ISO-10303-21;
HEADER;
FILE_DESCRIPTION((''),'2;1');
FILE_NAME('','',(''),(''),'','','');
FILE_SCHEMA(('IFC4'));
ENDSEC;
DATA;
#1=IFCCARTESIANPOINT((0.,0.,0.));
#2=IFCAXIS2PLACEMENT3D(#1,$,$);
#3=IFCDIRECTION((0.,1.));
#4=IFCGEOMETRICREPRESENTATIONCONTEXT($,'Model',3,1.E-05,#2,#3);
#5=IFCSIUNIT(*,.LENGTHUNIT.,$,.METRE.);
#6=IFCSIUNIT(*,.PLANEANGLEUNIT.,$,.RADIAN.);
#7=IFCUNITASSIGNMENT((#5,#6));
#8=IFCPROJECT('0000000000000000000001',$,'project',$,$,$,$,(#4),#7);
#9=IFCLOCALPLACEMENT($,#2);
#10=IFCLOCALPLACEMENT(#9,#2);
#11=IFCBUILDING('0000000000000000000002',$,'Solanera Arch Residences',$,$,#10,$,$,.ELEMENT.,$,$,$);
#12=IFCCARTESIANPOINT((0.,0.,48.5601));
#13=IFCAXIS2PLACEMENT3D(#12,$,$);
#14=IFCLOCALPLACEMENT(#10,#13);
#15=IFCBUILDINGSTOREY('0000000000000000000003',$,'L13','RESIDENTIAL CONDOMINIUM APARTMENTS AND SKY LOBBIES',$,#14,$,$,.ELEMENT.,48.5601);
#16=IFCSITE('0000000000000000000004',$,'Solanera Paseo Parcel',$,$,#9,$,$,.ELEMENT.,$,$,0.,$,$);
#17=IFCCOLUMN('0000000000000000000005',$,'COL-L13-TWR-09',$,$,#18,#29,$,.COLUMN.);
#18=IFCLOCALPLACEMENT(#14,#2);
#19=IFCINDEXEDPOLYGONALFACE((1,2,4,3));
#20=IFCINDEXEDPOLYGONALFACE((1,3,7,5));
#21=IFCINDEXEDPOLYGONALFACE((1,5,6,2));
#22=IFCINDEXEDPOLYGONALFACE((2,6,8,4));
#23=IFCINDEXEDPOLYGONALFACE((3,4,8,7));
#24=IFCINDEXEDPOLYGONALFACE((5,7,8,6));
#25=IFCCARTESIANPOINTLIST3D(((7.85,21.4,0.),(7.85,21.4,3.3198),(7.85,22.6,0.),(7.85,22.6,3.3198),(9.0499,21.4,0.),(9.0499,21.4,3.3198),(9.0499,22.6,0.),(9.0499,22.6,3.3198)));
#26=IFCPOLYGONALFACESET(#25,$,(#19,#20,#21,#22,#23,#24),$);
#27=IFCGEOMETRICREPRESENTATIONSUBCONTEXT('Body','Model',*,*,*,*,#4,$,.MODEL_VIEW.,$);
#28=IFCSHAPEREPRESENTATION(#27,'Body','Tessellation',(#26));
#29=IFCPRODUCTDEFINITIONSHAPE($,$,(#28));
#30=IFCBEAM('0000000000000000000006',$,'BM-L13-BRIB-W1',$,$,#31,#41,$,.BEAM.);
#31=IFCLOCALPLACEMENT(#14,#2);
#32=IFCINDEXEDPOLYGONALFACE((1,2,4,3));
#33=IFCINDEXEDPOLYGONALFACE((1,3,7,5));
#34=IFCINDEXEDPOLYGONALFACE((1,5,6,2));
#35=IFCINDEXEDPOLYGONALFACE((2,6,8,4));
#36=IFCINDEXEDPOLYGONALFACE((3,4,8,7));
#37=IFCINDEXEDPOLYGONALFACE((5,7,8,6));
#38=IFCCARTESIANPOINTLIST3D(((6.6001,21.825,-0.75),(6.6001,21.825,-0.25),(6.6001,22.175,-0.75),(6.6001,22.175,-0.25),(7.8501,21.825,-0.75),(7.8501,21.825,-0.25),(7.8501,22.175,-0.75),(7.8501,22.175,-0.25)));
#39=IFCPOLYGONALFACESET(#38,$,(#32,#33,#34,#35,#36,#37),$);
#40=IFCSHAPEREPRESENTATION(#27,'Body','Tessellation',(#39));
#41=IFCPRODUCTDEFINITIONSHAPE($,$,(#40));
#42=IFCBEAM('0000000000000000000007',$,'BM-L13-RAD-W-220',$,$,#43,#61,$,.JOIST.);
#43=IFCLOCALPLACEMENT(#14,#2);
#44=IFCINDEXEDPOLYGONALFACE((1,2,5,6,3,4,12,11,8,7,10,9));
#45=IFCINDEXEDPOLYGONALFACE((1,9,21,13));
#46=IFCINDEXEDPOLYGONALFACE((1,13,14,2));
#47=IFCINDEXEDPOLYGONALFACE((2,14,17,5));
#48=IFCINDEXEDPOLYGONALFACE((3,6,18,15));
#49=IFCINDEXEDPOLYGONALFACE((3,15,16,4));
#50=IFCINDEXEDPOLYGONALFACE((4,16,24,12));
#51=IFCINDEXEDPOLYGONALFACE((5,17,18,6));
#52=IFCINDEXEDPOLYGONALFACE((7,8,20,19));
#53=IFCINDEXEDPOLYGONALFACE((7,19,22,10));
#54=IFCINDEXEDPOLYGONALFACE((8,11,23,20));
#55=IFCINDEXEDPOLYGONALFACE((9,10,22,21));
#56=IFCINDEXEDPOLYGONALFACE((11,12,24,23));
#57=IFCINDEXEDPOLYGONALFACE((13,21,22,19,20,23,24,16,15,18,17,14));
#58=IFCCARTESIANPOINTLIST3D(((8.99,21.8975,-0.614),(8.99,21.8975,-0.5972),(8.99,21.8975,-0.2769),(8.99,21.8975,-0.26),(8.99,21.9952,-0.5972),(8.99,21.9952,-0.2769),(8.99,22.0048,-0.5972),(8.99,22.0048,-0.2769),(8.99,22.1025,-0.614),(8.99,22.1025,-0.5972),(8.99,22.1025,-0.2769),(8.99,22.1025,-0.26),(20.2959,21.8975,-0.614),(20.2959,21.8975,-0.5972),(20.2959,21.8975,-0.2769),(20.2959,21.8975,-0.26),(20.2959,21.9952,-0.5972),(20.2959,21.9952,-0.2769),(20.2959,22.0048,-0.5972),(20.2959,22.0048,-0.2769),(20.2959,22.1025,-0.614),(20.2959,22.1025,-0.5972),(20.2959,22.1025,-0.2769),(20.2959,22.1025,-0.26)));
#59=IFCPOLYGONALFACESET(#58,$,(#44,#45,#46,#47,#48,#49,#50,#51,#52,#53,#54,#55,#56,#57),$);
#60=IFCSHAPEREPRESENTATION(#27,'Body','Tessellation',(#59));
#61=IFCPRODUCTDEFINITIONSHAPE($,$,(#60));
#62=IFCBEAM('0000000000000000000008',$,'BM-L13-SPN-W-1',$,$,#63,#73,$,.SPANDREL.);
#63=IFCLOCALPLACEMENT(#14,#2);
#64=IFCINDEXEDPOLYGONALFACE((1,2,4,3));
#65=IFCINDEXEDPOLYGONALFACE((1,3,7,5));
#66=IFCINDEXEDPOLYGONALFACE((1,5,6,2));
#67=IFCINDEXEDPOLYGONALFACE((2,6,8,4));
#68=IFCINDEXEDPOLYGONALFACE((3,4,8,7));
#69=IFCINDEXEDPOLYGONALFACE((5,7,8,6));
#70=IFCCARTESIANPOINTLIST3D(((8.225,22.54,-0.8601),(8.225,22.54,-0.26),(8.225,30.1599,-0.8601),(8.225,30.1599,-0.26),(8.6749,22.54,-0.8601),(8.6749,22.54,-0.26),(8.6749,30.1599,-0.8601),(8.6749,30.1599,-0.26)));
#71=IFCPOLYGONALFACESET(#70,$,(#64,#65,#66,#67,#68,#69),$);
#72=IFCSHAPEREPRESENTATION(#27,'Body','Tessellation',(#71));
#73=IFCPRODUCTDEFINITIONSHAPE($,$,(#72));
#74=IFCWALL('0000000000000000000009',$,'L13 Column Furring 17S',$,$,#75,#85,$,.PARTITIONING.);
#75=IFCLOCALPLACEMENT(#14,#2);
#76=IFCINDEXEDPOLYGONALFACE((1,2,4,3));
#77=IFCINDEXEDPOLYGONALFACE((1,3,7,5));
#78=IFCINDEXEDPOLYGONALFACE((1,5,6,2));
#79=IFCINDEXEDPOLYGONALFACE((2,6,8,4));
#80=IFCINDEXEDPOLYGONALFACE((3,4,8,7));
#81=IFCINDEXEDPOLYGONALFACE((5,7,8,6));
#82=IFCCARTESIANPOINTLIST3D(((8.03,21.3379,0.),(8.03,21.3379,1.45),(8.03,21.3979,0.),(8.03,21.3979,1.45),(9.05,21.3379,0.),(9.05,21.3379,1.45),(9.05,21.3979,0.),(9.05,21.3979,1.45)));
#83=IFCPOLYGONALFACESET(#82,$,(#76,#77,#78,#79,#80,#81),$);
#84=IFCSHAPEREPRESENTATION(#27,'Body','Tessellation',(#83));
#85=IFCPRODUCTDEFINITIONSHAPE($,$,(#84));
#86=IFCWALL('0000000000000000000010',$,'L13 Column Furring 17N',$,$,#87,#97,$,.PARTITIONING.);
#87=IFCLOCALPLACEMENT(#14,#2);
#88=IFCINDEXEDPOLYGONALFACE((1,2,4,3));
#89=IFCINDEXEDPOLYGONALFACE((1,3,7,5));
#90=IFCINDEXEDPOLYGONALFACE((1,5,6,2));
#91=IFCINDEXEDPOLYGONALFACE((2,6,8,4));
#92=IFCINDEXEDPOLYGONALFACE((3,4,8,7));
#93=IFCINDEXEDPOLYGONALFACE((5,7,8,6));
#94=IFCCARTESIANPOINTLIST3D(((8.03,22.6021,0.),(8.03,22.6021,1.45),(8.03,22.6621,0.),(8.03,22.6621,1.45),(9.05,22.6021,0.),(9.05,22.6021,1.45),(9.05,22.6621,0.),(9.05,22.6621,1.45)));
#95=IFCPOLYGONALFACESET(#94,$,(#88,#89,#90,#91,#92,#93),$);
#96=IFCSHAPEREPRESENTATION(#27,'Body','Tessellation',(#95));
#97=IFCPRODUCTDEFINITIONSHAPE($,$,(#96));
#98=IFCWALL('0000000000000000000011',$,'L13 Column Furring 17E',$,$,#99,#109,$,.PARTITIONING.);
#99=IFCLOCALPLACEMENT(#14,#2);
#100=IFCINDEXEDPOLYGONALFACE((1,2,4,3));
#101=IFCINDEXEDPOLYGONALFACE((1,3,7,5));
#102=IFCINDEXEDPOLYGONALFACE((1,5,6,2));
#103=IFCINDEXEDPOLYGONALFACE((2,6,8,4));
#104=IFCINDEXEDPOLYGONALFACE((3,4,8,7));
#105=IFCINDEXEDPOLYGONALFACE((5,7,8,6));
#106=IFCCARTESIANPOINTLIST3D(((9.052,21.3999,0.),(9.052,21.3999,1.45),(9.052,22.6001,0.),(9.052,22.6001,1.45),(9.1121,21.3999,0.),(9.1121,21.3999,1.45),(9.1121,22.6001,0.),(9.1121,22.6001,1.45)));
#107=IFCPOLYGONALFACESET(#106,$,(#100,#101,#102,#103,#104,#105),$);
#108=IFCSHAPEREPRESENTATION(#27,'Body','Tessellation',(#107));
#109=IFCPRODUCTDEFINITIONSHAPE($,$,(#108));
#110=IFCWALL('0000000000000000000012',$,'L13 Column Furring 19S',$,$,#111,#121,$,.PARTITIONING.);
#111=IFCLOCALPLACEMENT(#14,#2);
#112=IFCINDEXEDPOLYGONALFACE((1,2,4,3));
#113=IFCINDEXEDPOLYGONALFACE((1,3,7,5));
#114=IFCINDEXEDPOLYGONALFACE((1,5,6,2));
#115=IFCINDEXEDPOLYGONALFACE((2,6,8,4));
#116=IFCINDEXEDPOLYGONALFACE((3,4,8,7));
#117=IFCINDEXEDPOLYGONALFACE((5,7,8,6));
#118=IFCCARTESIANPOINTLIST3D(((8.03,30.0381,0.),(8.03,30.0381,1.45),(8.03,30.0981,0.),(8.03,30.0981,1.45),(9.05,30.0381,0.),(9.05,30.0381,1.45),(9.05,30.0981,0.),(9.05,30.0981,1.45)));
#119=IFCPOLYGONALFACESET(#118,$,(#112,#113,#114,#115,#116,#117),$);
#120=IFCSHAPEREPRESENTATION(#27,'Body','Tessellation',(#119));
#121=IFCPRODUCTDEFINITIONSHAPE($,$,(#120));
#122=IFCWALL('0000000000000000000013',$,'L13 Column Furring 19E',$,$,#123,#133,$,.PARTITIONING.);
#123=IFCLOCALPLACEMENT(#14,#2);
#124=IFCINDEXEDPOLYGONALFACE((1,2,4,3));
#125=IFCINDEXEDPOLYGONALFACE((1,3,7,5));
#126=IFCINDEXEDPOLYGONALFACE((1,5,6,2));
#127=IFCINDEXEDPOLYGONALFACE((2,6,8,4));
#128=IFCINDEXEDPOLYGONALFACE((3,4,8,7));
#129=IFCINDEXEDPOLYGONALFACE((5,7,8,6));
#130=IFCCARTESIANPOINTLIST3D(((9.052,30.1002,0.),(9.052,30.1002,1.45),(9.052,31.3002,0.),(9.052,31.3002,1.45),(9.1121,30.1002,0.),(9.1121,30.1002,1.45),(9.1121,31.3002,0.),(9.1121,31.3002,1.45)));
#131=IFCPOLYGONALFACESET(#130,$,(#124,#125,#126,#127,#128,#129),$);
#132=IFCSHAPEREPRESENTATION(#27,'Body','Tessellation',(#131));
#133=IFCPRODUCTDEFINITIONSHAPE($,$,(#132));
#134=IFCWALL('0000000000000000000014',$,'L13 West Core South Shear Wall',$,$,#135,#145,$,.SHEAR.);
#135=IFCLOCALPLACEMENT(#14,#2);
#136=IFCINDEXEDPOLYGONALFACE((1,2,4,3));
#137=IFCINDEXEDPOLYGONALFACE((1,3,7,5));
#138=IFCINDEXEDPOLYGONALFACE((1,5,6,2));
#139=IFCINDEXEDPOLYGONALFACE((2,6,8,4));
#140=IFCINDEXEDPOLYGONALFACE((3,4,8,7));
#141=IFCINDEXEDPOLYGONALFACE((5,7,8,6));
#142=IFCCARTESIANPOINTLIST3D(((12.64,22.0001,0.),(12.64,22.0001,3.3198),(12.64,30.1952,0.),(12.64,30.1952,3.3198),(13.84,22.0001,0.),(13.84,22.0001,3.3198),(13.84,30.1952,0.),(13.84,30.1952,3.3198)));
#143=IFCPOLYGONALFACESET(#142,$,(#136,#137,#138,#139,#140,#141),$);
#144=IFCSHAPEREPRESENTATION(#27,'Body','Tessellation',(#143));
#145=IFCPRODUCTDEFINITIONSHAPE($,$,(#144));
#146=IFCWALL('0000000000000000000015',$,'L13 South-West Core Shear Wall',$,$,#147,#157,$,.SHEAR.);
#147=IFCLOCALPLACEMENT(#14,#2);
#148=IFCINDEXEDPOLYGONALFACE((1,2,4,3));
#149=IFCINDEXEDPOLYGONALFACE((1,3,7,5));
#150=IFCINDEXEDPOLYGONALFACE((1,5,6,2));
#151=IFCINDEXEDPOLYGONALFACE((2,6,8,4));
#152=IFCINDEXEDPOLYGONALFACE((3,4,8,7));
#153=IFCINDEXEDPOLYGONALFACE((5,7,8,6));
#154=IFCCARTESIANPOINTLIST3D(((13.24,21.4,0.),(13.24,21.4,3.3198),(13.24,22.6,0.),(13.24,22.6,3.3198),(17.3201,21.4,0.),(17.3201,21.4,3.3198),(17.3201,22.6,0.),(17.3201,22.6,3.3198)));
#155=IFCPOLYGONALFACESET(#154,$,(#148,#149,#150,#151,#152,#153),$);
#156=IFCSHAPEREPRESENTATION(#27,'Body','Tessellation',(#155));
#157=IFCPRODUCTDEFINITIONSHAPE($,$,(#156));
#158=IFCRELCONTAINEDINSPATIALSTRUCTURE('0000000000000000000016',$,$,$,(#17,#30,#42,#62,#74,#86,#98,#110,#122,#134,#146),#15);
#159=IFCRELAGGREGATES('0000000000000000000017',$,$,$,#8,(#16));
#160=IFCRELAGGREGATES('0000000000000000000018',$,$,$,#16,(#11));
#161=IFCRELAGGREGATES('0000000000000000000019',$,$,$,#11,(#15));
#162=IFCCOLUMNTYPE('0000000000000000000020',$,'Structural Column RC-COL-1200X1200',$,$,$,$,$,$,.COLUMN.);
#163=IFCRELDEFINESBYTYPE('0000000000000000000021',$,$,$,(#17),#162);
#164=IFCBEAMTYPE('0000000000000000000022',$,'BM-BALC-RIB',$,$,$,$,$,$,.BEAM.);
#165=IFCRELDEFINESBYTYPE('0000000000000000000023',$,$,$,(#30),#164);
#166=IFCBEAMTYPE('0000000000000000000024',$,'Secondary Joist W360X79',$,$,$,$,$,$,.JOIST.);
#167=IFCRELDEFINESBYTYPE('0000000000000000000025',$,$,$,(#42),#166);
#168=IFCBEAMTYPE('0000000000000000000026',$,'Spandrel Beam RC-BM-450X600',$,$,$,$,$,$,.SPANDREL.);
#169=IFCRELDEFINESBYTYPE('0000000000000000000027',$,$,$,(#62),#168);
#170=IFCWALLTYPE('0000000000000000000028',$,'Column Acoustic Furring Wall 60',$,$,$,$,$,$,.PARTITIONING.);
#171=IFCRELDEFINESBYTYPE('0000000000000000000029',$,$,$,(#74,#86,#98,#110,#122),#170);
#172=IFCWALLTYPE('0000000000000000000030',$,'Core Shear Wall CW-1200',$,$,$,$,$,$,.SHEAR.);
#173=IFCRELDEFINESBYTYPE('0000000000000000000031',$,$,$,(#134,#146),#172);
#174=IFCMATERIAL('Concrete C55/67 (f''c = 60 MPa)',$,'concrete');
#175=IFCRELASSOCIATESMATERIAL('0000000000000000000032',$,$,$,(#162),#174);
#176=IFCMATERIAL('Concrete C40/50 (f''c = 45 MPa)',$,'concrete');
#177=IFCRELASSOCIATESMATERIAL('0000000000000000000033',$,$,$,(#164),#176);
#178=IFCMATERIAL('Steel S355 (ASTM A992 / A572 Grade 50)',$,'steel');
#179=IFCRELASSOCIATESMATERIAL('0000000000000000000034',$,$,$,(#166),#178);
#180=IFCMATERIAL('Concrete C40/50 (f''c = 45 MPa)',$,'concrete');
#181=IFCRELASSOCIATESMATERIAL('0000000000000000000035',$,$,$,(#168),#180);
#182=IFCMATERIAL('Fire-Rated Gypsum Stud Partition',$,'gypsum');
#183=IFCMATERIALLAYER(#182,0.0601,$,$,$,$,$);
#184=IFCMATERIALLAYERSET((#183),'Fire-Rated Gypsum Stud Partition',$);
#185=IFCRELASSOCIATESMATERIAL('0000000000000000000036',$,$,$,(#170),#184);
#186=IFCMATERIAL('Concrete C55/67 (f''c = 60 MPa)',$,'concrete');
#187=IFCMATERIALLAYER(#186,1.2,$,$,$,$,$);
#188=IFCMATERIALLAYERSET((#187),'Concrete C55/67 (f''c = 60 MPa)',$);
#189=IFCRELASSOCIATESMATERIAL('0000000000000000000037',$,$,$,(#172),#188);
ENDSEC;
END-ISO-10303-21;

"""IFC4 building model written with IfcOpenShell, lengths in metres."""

from ifc_helpers import new_model, si_unit, direction, frame, frame_2d, origin, origin_2d, place, context, subcontext, project, spatial, rectangle, i_section, extrude, material, layer, layer_set, material_profile, profile_set, type_object, element, save


model = new_model("IFC4")

# Units and contexts
model_context = context("Model", 3, precision=1e-05, world=origin(), true_north=direction((0.0, 1.0)))
body_context = subcontext(model_context, "Body", "Model", "MODEL_VIEW")
ifc_project = project(units=[si_unit("LENGTHUNIT", "METRE"), si_unit("PLANEANGLEUNIT", "RADIAN")], contexts=[model_context])

# Site, building, storey
site_placement = place(None, origin())
site = spatial("IfcSite", under=ifc_project, at=site_placement, Name="Solanera Paseo Parcel", CompositionType="ELEMENT", RefElevation=0.0)
building_placement = place(site_placement, origin())
building = spatial("IfcBuilding", under=site, at=building_placement, Name="Solanera Arch Residences", CompositionType="ELEMENT")
storey_placement = place(building_placement, frame((0.0, 0.0, 48.5601)))
storey = spatial("IfcBuildingStorey", under=building, at=storey_placement, Name="L13", Description="RESIDENTIAL CONDOMINIUM APARTMENTS AND SKY LOBBIES", CompositionType="ELEMENT", Elevation=48.5601)

# Column
ifc_material_1 = material(Name="Concrete C55/67 (f'c = 60 MPa)", Category="concrete")
ifc_material_profile_1 = material_profile(ifc_material_1, rectangle(XDim=1.2, YDim=1.2, at=origin_2d()))
ifc_profile_set_1 = profile_set([ifc_material_profile_1], Name="Concrete C55/67 (f'c = 60 MPa)")
column_type = type_object("IfcColumnType", Name="Structural Column RC-COL-1200X1200", PredefinedType="COLUMN", material=ifc_profile_set_1)
column_placement = place(storey_placement, frame((8.45, 22.0, 0.0), z_axis=(0.0, 0.0, 1.0), x_axis=(1.0, 0.0, 0.0)))
element("IfcColumn", 1, at=column_placement, inside=storey, type_object=column_type, Name="COL-L13-TWR-09", PredefinedType="COLUMN", context=body_context, shape_type="SweptSolid", body=[
    extrude(rectangle(XDim=1.2, YDim=1.2, at=origin_2d()), origin(), (0.0, 0.0, 1.0), 3.3198),
])

# Beams
ifc_material_2 = material(Name="Concrete C40/50 (f'c = 45 MPa)", Category="concrete")
ifc_material_profile_2 = material_profile(ifc_material_2, rectangle(XDim=0.3501, YDim=0.5, at=origin_2d()))
ifc_profile_set_2 = profile_set([ifc_material_profile_2], Name="Concrete C40/50 (f'c = 45 MPa)")
beam_type_1 = type_object("IfcBeamType", Name="BM-BALC-RIB", PredefinedType="BEAM", material=ifc_profile_set_2)
beam_1_placement = place(storey_placement, frame((6.6001, 22.0, -0.5), z_axis=(1.0, 0.0, 0.0), x_axis=(0.0, 1.0, 0.0)))
element("IfcBeam", 2, at=beam_1_placement, inside=storey, type_object=beam_type_1, Name="BM-L13-BRIB-W1", PredefinedType="BEAM", context=body_context, shape_type="SweptSolid", body=[
    extrude(rectangle(XDim=0.3501, YDim=0.5, at=origin_2d()), origin(), (0.0, 0.0, 1.0), 1.25),
])
ifc_material_3 = material(Name="Steel S355 (ASTM A992 / A572 Grade 50)", Category="steel")
ifc_material_profile_3 = material_profile(ifc_material_3, i_section(OverallWidth=0.2051, OverallDepth=0.354, WebThickness=0.0095, FlangeThickness=0.0168, at=origin_2d()))
ifc_profile_set_3 = profile_set([ifc_material_profile_3], Name="Steel S355 (ASTM A992 / A572 Grade 50)")
beam_type_2 = type_object("IfcBeamType", Name="Secondary Joist W360X79", PredefinedType="JOIST", material=ifc_profile_set_3)
beam_2_placement = place(storey_placement, frame((8.99, 22.0, -0.437), z_axis=(1.0, 0.0, 0.0), x_axis=(0.0, 1.0, 0.0)))
element("IfcBeam", 3, at=beam_2_placement, inside=storey, type_object=beam_type_2, Name="BM-L13-RAD-W-220", PredefinedType="JOIST", context=body_context, shape_type="SweptSolid", body=[
    extrude(i_section(OverallWidth=0.2051, OverallDepth=0.354, WebThickness=0.0095, FlangeThickness=0.0168, at=origin_2d()), origin(), (0.0, 0.0, 1.0), 11.3059),
])
ifc_material_4 = material(Name="Concrete C40/50 (f'c = 45 MPa)", Category="concrete")
ifc_material_profile_4 = material_profile(ifc_material_4, rectangle(XDim=0.45, YDim=0.6001, at=origin_2d()))
ifc_profile_set_4 = profile_set([ifc_material_profile_4], Name="Concrete C40/50 (f'c = 45 MPa)")
beam_type_3 = type_object("IfcBeamType", Name="Spandrel Beam RC-BM-450X600", PredefinedType="SPANDREL", material=ifc_profile_set_4)
beam_3_placement = place(storey_placement, frame((8.45, 22.54, -0.5601), z_axis=(0.0, 1.0, 0.0), x_axis=(-1.0, 0.0, 0.0)))
element("IfcBeam", 4, at=beam_3_placement, inside=storey, type_object=beam_type_3, Name="BM-L13-SPN-W-1", PredefinedType="SPANDREL", context=body_context, shape_type="SweptSolid", body=[
    extrude(rectangle(XDim=0.45, YDim=0.6001, at=origin_2d()), origin(), (0.0, 0.0, 1.0), 7.6199),
])

# Walls
ifc_material_5 = material(Name="Fire-Rated Gypsum Stud Partition", Category="gypsum")
ifc_layer_1 = layer(ifc_material_5, 0.0601)
ifc_layer_set_1 = layer_set([ifc_layer_1], Name="Fire-Rated Gypsum Stud Partition")
wall_type_1 = type_object("IfcWallType", Name="Column Acoustic Furring Wall 60", PredefinedType="PARTITIONING", material=ifc_layer_set_1)
for number, where, z_axis, x_axis, name in (
    (5, (8.03, 21.3679, 0.0), (0.0, 0.0, 1.0), (1.0, 0.0, 0.0), "L13 Column Furring 17S"),
    (6, (8.03, 22.6321, 0.0), (0.0, 0.0, 1.0), (1.0, 0.0, 0.0), "L13 Column Furring 17N"),
):
    element("IfcWall", number, at=place(storey_placement, frame(where, z_axis=z_axis, x_axis=x_axis)), inside=storey, type_object=wall_type_1, Name=name, PredefinedType="PARTITIONING", context=body_context, shape_type="SweptSolid", body=[
        extrude(rectangle(XDim=1.02, YDim=0.0601, at=frame_2d((0.51, 0.0))), origin(), (0.0, 0.0, 1.0), 1.45),
    ])
wall_1_placement = place(storey_placement, frame((9.082, 21.3999, 0.0), z_axis=(0.0, 0.0, 1.0), x_axis=(0.0, 1.0, 0.0)))
element("IfcWall", 7, at=wall_1_placement, inside=storey, type_object=wall_type_1, Name="L13 Column Furring 17E", PredefinedType="PARTITIONING", context=body_context, shape_type="SweptSolid", body=[
    extrude(rectangle(XDim=1.2002, YDim=0.0601, at=frame_2d((0.6001, 0.0))), origin(), (0.0, 0.0, 1.0), 1.45),
])
wall_2_placement = place(storey_placement, frame((8.03, 30.0681, 0.0), z_axis=(0.0, 0.0, 1.0), x_axis=(1.0, 0.0, 0.0)))
element("IfcWall", 8, at=wall_2_placement, inside=storey, type_object=wall_type_1, Name="L13 Column Furring 19S", PredefinedType="PARTITIONING", context=body_context, shape_type="SweptSolid", body=[
    extrude(rectangle(XDim=1.02, YDim=0.0601, at=frame_2d((0.51, 0.0))), origin(), (0.0, 0.0, 1.0), 1.45),
])
wall_3_placement = place(storey_placement, frame((9.082, 30.1001, 0.0), z_axis=(0.0, 0.0, 1.0), x_axis=(0.0, 1.0, 0.0)))
element("IfcWall", 9, at=wall_3_placement, inside=storey, type_object=wall_type_1, Name="L13 Column Furring 19E", PredefinedType="PARTITIONING", context=body_context, shape_type="SweptSolid", body=[
    extrude(rectangle(XDim=1.2, YDim=0.0601, at=frame_2d((0.6001, 0.0))), origin(), (0.0, 0.0, 1.0), 1.45),
])
ifc_material_6 = material(Name="Concrete C55/67 (f'c = 60 MPa)", Category="concrete")
ifc_layer_2 = layer(ifc_material_6, 1.2)
ifc_layer_set_2 = layer_set([ifc_layer_2], Name="Concrete C55/67 (f'c = 60 MPa)")
wall_type_2 = type_object("IfcWallType", Name="Core Shear Wall CW-1200", PredefinedType="SHEAR", material=ifc_layer_set_2)
wall_4_placement = place(storey_placement, frame((13.24, 22.0, 0.0), z_axis=(0.0, 0.0, 1.0), x_axis=(0.0, 1.0, 0.0)))
element("IfcWall", 10, at=wall_4_placement, inside=storey, type_object=wall_type_2, Name="L13 West Core South Shear Wall", PredefinedType="SHEAR", context=body_context, shape_type="SweptSolid", body=[
    extrude(rectangle(XDim=8.1951, YDim=1.2, at=frame_2d((4.0977, 0.0))), origin(), (0.0, 0.0, 1.0), 3.3198),
])
wall_5_placement = place(storey_placement, frame((13.24, 22.0, 0.0), z_axis=(0.0, 0.0, 1.0), x_axis=(1.0, 0.0, 0.0)))
element("IfcWall", 11, at=wall_5_placement, inside=storey, type_object=wall_type_2, Name="L13 South-West Core Shear Wall", PredefinedType="SHEAR", context=body_context, shape_type="SweptSolid", body=[
    extrude(rectangle(XDim=4.0801, YDim=1.2, at=frame_2d((2.04, 0.0))), origin(), (0.0, 0.0, 1.0), 3.3198),
])

save(model, "model.ifc")
